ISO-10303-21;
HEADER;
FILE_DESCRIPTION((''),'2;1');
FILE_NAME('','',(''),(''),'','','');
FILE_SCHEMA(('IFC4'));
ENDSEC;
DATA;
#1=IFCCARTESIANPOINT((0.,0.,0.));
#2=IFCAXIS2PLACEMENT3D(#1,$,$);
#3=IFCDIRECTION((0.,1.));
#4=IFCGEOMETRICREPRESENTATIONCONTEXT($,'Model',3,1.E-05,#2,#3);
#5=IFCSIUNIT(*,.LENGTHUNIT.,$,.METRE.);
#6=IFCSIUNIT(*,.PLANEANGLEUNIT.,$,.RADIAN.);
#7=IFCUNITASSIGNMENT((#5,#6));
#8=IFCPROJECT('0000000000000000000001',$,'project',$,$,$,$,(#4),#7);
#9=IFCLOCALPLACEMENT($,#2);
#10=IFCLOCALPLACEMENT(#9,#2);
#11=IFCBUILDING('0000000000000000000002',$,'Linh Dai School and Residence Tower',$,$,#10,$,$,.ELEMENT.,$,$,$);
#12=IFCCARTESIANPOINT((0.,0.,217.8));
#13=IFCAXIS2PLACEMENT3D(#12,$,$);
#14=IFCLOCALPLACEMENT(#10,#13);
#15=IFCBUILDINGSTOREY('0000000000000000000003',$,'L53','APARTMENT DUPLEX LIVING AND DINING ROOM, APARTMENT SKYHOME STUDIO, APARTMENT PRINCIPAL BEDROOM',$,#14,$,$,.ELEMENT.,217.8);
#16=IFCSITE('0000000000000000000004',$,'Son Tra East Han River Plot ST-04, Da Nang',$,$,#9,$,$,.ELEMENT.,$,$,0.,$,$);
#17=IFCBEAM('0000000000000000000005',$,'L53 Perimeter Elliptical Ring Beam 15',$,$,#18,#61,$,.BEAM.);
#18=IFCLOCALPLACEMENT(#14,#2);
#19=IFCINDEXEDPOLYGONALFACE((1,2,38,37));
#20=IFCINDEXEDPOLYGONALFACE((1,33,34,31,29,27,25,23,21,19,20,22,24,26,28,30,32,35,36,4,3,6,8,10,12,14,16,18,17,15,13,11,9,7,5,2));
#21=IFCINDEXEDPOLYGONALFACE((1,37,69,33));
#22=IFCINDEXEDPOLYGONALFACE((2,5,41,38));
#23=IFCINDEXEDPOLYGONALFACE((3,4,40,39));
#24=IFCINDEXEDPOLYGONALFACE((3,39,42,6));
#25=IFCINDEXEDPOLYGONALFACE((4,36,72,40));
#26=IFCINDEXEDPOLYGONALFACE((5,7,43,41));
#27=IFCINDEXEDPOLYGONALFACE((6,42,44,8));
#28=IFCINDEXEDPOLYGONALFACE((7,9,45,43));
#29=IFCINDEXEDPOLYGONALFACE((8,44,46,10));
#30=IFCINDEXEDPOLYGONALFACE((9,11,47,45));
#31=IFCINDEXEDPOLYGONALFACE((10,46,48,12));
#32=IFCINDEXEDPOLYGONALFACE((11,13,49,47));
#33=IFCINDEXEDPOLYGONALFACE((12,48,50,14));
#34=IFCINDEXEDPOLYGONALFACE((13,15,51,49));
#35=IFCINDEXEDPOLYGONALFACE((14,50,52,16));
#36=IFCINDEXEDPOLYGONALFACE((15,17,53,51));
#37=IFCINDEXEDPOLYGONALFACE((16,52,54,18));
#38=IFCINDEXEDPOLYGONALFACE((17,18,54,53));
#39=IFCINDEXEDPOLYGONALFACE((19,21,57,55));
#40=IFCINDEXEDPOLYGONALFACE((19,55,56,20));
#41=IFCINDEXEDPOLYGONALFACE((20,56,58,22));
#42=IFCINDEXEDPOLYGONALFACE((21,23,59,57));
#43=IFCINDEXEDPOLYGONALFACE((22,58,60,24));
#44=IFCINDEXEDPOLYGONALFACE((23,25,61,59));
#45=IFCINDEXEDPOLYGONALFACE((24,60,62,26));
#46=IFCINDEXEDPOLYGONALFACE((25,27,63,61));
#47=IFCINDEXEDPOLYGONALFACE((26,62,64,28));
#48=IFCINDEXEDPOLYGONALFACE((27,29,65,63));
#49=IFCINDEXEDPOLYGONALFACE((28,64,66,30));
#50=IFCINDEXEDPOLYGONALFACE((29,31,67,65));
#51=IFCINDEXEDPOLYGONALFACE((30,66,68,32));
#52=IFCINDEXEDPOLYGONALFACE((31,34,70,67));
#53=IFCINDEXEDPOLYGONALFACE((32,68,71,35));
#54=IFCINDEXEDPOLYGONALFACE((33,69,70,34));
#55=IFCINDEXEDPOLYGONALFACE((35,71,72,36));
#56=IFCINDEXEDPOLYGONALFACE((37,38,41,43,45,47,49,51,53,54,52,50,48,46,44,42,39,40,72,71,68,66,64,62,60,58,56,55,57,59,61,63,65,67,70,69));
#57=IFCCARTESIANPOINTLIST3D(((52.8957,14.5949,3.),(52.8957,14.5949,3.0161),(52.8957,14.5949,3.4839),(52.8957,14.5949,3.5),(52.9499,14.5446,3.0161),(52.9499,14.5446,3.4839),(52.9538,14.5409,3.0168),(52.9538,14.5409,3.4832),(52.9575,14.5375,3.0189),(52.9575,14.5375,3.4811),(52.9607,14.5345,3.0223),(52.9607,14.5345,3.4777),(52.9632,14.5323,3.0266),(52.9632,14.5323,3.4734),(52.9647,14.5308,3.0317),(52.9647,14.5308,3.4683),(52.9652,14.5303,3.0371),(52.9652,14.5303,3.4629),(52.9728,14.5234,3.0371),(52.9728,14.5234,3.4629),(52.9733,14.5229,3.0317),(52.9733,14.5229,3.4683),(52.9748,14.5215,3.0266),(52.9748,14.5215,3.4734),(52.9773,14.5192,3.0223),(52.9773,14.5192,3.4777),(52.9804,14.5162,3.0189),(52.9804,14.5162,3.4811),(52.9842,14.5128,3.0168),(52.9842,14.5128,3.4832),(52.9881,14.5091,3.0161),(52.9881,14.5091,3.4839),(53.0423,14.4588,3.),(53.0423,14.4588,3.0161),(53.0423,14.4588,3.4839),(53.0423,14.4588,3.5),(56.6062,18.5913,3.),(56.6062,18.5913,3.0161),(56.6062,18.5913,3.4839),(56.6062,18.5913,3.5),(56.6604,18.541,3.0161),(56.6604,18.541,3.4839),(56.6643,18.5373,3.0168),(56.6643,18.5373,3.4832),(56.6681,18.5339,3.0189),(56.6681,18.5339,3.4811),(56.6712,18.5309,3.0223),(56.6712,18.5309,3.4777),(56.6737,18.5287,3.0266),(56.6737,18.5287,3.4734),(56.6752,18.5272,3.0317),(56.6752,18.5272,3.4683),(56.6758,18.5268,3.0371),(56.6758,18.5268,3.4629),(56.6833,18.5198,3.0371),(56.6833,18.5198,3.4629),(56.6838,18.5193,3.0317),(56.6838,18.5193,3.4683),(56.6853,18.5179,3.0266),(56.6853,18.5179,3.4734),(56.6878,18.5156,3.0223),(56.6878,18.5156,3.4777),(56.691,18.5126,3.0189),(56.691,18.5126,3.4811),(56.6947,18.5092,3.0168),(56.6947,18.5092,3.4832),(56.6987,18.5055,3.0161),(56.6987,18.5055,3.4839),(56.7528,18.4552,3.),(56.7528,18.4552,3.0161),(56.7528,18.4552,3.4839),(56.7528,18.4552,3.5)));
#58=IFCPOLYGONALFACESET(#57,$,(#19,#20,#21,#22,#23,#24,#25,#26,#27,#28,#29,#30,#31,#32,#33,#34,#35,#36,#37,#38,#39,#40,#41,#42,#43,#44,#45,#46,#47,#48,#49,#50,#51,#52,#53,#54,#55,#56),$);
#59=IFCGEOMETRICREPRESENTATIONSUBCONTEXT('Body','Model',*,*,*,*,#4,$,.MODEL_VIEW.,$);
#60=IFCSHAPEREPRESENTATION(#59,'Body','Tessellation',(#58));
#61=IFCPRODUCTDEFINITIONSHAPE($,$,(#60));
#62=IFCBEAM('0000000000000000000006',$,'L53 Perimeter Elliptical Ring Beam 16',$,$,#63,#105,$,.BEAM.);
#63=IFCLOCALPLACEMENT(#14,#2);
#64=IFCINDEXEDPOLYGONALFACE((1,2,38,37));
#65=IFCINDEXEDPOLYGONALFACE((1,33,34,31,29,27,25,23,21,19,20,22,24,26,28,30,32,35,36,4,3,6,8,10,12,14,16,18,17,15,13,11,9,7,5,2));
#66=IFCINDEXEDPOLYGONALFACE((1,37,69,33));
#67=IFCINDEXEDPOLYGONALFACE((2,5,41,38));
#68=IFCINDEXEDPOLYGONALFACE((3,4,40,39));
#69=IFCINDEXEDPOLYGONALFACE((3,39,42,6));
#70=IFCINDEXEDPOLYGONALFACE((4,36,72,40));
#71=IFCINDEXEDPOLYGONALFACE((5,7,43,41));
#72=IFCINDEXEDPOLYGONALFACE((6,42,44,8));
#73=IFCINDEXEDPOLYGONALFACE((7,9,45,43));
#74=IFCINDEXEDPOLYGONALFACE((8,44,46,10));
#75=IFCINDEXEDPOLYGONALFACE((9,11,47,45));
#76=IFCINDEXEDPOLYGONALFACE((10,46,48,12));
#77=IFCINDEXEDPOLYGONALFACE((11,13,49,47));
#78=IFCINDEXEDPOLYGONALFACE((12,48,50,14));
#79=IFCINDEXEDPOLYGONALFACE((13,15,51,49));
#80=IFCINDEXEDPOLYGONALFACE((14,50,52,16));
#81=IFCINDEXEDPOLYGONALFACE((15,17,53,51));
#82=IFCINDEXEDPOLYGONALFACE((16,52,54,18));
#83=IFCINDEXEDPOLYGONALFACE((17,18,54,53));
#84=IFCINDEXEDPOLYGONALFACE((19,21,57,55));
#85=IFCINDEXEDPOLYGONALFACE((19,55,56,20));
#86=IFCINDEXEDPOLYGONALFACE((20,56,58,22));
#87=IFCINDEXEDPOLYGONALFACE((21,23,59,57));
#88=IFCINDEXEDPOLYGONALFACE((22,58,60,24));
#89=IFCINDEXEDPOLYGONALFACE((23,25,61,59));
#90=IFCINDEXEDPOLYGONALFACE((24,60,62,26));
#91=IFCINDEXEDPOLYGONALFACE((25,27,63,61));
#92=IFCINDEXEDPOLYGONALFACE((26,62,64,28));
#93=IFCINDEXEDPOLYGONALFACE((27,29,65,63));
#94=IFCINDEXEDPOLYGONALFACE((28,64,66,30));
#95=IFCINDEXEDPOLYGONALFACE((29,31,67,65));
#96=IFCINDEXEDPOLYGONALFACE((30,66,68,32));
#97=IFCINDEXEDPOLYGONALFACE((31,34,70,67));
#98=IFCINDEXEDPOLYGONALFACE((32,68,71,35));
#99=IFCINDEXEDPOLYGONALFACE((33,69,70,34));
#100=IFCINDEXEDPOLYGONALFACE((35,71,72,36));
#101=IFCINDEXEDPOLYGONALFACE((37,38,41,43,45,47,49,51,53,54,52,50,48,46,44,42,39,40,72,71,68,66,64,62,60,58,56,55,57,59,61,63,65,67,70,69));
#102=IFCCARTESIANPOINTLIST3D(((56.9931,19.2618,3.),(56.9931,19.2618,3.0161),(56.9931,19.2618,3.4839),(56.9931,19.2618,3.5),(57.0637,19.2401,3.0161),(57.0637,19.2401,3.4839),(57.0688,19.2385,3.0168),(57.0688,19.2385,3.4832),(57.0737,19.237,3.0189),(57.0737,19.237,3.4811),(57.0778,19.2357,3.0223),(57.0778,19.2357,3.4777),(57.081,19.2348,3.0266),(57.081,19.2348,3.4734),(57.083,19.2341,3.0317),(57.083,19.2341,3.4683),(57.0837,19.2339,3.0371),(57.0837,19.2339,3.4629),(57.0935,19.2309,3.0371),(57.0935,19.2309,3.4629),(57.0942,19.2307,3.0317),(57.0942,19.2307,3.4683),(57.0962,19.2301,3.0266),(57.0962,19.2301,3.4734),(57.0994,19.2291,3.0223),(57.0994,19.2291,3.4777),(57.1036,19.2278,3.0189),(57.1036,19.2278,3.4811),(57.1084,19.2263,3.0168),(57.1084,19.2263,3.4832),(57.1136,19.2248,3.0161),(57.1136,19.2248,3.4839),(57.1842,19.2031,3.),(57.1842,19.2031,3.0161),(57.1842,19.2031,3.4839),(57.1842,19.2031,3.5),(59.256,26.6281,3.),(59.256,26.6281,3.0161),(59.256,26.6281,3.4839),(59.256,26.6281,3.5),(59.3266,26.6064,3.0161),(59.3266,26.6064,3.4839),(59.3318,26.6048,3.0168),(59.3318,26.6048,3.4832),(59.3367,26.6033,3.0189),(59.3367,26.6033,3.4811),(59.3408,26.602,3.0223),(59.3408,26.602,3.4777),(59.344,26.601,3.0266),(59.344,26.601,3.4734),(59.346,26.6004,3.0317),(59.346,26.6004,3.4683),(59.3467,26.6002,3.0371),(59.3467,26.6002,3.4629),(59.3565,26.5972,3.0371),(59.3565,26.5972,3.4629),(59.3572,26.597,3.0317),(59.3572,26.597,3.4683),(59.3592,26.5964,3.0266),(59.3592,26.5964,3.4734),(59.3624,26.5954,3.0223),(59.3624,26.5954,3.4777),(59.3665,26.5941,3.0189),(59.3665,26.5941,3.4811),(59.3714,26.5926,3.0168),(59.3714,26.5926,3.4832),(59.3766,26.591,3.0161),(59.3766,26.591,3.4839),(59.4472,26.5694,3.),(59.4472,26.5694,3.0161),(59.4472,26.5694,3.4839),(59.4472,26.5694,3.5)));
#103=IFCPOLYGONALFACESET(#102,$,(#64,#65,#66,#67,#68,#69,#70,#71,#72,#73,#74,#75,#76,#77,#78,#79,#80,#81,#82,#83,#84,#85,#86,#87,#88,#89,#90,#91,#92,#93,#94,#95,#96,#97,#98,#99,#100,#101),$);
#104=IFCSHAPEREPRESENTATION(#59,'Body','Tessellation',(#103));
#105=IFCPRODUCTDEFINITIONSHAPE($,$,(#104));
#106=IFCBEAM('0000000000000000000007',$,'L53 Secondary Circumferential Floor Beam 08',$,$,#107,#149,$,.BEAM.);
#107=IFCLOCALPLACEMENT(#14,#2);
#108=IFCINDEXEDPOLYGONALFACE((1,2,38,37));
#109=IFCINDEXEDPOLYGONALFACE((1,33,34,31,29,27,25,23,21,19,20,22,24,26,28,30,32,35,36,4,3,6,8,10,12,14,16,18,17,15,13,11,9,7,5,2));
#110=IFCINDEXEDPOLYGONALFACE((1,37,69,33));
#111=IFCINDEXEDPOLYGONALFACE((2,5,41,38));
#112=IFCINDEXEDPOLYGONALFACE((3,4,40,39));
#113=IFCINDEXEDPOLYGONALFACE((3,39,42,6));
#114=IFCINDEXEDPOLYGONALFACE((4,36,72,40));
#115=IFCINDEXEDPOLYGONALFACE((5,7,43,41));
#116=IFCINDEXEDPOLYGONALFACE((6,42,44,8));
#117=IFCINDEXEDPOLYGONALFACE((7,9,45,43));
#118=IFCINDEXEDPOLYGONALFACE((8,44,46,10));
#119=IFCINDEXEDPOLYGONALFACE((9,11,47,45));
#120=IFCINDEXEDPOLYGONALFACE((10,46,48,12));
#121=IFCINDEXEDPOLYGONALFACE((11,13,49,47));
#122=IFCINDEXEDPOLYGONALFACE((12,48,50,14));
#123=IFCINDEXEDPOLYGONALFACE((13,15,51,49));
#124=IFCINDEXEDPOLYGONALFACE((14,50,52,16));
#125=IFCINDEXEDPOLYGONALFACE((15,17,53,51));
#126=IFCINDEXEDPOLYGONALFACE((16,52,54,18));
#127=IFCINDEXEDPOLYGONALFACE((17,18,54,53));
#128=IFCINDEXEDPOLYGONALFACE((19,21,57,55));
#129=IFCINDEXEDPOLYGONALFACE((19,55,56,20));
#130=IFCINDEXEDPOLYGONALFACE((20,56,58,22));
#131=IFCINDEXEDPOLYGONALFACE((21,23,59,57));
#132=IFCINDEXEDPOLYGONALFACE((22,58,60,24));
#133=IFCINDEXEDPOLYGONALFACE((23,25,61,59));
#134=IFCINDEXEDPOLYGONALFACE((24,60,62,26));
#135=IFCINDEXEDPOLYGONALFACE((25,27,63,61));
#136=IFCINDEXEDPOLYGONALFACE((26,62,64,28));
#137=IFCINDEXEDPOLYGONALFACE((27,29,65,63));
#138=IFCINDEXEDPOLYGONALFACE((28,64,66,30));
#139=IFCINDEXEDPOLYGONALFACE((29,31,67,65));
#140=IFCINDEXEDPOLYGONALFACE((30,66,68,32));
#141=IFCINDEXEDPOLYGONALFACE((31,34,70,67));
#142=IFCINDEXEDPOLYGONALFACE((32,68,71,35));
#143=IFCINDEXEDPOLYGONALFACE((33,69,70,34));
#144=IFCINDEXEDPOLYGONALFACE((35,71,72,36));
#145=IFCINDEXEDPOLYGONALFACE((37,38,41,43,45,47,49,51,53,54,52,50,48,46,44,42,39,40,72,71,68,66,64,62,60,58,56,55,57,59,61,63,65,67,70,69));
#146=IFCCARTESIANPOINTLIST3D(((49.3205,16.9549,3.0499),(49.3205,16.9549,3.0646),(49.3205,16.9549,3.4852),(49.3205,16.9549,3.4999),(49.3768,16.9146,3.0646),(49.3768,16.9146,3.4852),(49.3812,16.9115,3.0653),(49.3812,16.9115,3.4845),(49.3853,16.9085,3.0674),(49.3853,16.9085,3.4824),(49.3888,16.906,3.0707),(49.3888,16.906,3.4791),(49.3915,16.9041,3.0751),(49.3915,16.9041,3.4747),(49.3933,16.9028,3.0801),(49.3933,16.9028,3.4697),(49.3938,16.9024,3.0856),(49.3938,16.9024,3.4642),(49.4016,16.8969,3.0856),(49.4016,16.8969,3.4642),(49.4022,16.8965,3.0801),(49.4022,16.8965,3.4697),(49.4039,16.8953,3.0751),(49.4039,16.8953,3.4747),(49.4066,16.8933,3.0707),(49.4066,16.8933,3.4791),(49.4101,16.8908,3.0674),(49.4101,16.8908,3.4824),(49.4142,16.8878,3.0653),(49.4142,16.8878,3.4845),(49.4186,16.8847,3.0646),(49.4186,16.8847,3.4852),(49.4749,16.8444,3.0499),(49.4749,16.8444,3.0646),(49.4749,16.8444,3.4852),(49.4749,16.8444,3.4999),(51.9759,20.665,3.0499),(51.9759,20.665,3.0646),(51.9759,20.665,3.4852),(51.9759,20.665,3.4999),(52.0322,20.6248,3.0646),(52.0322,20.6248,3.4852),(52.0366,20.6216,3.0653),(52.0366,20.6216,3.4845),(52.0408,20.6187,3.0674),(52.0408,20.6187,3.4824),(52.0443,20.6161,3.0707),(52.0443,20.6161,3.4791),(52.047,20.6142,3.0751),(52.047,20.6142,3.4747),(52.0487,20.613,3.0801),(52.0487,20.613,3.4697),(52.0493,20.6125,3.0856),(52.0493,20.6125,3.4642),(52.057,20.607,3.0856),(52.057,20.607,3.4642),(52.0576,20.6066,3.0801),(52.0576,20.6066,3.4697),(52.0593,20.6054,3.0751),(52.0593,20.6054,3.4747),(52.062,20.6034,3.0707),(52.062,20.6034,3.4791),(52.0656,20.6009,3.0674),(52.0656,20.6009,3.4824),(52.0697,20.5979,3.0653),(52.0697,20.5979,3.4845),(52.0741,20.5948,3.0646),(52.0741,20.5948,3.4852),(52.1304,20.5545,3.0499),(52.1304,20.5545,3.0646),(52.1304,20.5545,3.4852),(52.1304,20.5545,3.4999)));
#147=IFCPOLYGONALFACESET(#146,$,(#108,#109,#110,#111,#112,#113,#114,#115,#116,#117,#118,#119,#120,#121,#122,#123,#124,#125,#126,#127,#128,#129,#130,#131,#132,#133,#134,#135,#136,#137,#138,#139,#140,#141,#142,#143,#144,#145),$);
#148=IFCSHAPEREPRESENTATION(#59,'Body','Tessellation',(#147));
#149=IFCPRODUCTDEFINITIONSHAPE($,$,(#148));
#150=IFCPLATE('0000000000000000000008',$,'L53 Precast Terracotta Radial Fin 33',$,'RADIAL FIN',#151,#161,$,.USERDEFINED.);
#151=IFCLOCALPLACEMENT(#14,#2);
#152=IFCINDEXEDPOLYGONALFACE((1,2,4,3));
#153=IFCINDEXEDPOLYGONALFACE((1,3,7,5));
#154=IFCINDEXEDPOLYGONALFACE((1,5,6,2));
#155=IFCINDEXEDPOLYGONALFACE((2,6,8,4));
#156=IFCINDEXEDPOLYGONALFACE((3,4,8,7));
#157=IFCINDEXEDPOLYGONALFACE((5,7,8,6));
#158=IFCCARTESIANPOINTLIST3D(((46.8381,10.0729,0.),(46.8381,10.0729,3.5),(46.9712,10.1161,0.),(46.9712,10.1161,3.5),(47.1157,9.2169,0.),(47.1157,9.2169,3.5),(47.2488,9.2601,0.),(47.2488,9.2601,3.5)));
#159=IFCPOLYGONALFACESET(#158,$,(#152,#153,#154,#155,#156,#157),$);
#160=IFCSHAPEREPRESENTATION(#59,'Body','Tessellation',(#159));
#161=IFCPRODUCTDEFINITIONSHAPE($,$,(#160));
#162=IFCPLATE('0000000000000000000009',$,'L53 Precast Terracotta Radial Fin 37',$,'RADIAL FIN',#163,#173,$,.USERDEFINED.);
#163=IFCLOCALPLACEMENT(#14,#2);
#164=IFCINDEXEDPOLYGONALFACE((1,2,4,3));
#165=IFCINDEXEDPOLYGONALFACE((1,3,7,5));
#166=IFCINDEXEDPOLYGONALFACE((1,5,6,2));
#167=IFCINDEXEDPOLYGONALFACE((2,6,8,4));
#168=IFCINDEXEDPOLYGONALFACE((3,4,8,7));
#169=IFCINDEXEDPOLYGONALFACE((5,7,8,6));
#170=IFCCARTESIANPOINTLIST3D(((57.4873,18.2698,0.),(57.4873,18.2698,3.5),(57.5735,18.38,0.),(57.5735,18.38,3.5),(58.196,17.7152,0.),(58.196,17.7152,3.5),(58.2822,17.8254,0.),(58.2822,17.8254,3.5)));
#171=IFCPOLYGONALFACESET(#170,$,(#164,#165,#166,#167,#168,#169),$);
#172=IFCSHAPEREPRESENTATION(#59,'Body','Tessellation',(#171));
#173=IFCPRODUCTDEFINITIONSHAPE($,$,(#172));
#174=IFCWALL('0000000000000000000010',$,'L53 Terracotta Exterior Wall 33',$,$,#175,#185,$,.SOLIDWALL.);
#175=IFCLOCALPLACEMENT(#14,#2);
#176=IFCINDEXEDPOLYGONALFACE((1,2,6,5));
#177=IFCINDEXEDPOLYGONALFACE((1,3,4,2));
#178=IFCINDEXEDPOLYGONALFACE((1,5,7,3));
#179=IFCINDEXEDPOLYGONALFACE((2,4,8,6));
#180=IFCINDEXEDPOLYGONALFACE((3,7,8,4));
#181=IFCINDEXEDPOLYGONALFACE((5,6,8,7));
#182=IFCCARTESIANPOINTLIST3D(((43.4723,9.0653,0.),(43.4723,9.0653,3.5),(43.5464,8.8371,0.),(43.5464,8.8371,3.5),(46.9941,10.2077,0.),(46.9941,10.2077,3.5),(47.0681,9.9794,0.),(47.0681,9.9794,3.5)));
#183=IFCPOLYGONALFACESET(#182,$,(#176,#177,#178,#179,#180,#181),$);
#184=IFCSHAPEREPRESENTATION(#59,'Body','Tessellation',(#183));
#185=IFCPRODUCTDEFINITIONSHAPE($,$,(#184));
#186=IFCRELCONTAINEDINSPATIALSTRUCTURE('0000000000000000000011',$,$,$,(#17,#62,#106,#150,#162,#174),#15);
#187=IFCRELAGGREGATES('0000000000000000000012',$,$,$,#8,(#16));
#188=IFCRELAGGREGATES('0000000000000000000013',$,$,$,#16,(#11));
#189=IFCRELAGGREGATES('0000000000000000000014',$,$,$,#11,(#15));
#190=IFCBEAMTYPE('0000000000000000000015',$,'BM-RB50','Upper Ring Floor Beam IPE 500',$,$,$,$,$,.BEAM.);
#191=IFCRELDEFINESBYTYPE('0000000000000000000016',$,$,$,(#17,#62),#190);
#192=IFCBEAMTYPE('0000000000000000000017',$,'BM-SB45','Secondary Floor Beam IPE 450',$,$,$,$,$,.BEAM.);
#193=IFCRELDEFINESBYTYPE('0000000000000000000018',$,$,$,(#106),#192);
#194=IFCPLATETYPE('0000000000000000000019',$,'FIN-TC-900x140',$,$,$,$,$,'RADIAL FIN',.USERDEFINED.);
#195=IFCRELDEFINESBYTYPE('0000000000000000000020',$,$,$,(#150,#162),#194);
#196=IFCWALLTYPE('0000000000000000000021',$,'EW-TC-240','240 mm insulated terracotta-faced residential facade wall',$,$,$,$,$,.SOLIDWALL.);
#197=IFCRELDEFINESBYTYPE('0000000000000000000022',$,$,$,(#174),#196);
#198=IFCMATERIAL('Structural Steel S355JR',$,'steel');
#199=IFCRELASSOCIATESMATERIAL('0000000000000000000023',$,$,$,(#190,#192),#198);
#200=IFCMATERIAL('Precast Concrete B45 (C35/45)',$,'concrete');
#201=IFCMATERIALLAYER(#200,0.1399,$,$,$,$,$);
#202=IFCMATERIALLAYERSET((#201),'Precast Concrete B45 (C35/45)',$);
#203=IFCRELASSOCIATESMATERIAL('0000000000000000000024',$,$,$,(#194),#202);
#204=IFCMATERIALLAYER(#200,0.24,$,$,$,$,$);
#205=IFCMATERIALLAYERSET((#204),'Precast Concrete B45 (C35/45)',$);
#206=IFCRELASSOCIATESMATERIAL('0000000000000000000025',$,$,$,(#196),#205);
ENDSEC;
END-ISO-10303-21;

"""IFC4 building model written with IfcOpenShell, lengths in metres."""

from ifc_helpers import new_model, si_unit, direction, frame, frame_2d, origin, origin_2d, place, context, subcontext, project, spatial, rectangle, i_section, extrude, source, transform, mapped, material, layer, layer_set, material_profile, profile_set, type_object, element, save


model = new_model("IFC4")

# Units and contexts
model_context = context("Model", 3, precision=1e-05, world=origin(), true_north=direction((0.0, 1.0)))
body_context = subcontext(model_context, "Body", "Model", "MODEL_VIEW")
ifc_project = project(units=[si_unit("LENGTHUNIT", "METRE"), si_unit("PLANEANGLEUNIT", "RADIAN")], contexts=[model_context])

# Site, building, storey
site_placement = place(None, origin())
site = spatial("IfcSite", under=ifc_project, at=site_placement, Name="Son Tra East Han River Plot ST-04, Da Nang", CompositionType="ELEMENT", RefElevation=0.0)
building_placement = place(site_placement, origin())
building = spatial("IfcBuilding", under=site, at=building_placement, Name="Linh Dai School and Residence Tower", CompositionType="ELEMENT")
storey_placement = place(building_placement, frame((0.0, 0.0, 217.8)))
storey = spatial("IfcBuildingStorey", under=building, at=storey_placement, Name="L53", Description="APARTMENT DUPLEX LIVING AND DINING ROOM, APARTMENT SKYHOME STUDIO, APARTMENT PRINCIPAL BEDROOM", CompositionType="ELEMENT", Elevation=217.8)

# Shared definitions
ifc_material_1 = material(Name="Structural Steel S355JR", Category="steel")

# Beams
ifc_material_profile_1 = material_profile(ifc_material_1, i_section(OverallWidth=0.2, OverallDepth=0.5, WebThickness=0.0103, FlangeThickness=0.0161, FilletRadius=0.021, at=origin_2d()), Name="IPE 500")
ifc_profile_set_1 = profile_set([ifc_material_profile_1], Name="Structural Steel S355JR")
beam_type_1 = type_object("IfcBeamType", Name="BM-RB50", Description="Upper Ring Floor Beam IPE 500", PredefinedType="BEAM", material=ifc_profile_set_1)
beam_1_placement = place(storey_placement, frame((52.969, 14.5269, 3.25), z_axis=(0.680408, 0.732833, 0.0), x_axis=(-0.732833, 0.680408, 0.0)))
element("IfcBeam", 1, at=beam_1_placement, inside=storey, type_object=beam_type_1, Name="L53 Perimeter Elliptical Ring Beam 15", PredefinedType="BEAM", context=body_context, shape_type="SweptSolid", body=[
    extrude(i_section(OverallWidth=0.2, OverallDepth=0.5, WebThickness=0.0103, FlangeThickness=0.0161, FilletRadius=0.021, at=origin_2d()), origin(), (0.0, 0.0, 1.0), 5.4534),
])
beam_2_placement = place(storey_placement, frame((57.0886, 19.2324, 3.25), z_axis=(0.293661, 0.95591, 0.0), x_axis=(-0.95591, 0.293661, 0.0)))
element("IfcBeam", 2, at=beam_2_placement, inside=storey, type_object=beam_type_1, Name="L53 Perimeter Elliptical Ring Beam 16", PredefinedType="BEAM", context=body_context, shape_type="SweptSolid", body=[
    extrude(i_section(OverallWidth=0.2, OverallDepth=0.5, WebThickness=0.0103, FlangeThickness=0.0161, FilletRadius=0.021, at=origin_2d()), origin(), (0.0, 0.0, 1.0), 7.7061),
])
ifc_material_profile_2 = material_profile(ifc_material_1, i_section(OverallWidth=0.1899, OverallDepth=0.45, WebThickness=0.0095, FlangeThickness=0.0146, FilletRadius=0.021, at=origin_2d()), Name="IPE 450")
ifc_profile_set_2 = profile_set([ifc_material_profile_2], Name="Structural Steel S355JR")
beam_type_2 = type_object("IfcBeamType", Name="BM-SB45", Description="Secondary Floor Beam IPE 450", PredefinedType="BEAM", material=ifc_profile_set_2)
beam_3_placement = place(storey_placement, frame((49.3977, 16.8997, 3.2749), z_axis=(0.582017, 0.813176, 0.0), x_axis=(-0.813176, 0.582017, 0.0)))
element("IfcBeam", 3, at=beam_3_placement, inside=storey, type_object=beam_type_2, Name="L53 Secondary Circumferential Floor Beam 08", PredefinedType="BEAM", context=body_context, shape_type="SweptSolid", body=[
    extrude(i_section(OverallWidth=0.1899, OverallDepth=0.45, WebThickness=0.0095, FlangeThickness=0.0146, FilletRadius=0.021, at=origin_2d()), origin(), (0.0, 0.0, 1.0), 4.5625),
])

# Plates
ifc_material_2 = material(Name="Precast Concrete B45 (C35/45)", Category="concrete")
ifc_layer_1 = layer(ifc_material_2, 0.1399)
ifc_layer_set_1 = layer_set([ifc_layer_1], Name="Precast Concrete B45 (C35/45)")
plate_type = type_object("IfcPlateType", Name="FIN-TC-900x140", ElementType="RADIAL FIN", PredefinedType="USERDEFINED", material=ifc_layer_set_1)
shared_shape_1 = source(origin(), body_context, "Body", "SweptSolid", [
    extrude(rectangle(XDim=0.8999, YDim=0.1399, at=origin_2d()), origin(), (0.0, 0.0, 1.0), 3.5),
])
for number, where, z_axis, x_axis, name in (
    (4, (47.0435, 9.6665, 0.0), (0.0, 0.0, 1.0), (0.308501, -0.951224, 0.0), "L53 Precast Terracotta Radial Fin 33"),
    (5, (57.8848, 18.0476, 0.0), (0.0, 0.0, 1.0), (0.787485, -0.616334, 0.0), "L53 Precast Terracotta Radial Fin 37"),
):
    element("IfcPlate", number, at=place(storey_placement, frame(where, z_axis=z_axis, x_axis=x_axis)), inside=storey, type_object=plate_type, Name=name, ObjectType="RADIAL FIN", PredefinedType="USERDEFINED", context=body_context, shape_type="MappedRepresentation", body=[
        mapped(shared_shape_1, transform((0.0, 0.0, 0.0), x_axis=(1.0, 0.0, 0.0), y_axis=(0.0, 1.0, 0.0), z_axis=(0.0, 0.0, 1.0), scale=1.0)),
    ])

# Wall
ifc_layer_2 = layer(ifc_material_2, 0.24)
ifc_layer_set_2 = layer_set([ifc_layer_2], Name="Precast Concrete B45 (C35/45)")
wall_type_1 = type_object("IfcWallType", Name="EW-TC-240", Description="240 mm insulated terracotta-faced residential facade wall", PredefinedType="SOLIDWALL", material=ifc_layer_set_2)
wall_1_placement = place(storey_placement, frame((47.031, 10.0935, 0.0), z_axis=(0.0, 0.0, 1.0), x_axis=(-0.951211, -0.308542, 0.0)))
element("IfcWall", 6, at=wall_1_placement, inside=storey, type_object=wall_type_1, Name="L53 Terracotta Exterior Wall 33", PredefinedType="SOLIDWALL", context=body_context, shape_type="SweptSolid", body=[
    extrude(rectangle(XDim=3.7024, YDim=0.24, at=frame_2d((1.8511, 0.0))), origin(), (0.0, 0.0, 1.0), 3.5),
])

save(model, "model.ifc")
